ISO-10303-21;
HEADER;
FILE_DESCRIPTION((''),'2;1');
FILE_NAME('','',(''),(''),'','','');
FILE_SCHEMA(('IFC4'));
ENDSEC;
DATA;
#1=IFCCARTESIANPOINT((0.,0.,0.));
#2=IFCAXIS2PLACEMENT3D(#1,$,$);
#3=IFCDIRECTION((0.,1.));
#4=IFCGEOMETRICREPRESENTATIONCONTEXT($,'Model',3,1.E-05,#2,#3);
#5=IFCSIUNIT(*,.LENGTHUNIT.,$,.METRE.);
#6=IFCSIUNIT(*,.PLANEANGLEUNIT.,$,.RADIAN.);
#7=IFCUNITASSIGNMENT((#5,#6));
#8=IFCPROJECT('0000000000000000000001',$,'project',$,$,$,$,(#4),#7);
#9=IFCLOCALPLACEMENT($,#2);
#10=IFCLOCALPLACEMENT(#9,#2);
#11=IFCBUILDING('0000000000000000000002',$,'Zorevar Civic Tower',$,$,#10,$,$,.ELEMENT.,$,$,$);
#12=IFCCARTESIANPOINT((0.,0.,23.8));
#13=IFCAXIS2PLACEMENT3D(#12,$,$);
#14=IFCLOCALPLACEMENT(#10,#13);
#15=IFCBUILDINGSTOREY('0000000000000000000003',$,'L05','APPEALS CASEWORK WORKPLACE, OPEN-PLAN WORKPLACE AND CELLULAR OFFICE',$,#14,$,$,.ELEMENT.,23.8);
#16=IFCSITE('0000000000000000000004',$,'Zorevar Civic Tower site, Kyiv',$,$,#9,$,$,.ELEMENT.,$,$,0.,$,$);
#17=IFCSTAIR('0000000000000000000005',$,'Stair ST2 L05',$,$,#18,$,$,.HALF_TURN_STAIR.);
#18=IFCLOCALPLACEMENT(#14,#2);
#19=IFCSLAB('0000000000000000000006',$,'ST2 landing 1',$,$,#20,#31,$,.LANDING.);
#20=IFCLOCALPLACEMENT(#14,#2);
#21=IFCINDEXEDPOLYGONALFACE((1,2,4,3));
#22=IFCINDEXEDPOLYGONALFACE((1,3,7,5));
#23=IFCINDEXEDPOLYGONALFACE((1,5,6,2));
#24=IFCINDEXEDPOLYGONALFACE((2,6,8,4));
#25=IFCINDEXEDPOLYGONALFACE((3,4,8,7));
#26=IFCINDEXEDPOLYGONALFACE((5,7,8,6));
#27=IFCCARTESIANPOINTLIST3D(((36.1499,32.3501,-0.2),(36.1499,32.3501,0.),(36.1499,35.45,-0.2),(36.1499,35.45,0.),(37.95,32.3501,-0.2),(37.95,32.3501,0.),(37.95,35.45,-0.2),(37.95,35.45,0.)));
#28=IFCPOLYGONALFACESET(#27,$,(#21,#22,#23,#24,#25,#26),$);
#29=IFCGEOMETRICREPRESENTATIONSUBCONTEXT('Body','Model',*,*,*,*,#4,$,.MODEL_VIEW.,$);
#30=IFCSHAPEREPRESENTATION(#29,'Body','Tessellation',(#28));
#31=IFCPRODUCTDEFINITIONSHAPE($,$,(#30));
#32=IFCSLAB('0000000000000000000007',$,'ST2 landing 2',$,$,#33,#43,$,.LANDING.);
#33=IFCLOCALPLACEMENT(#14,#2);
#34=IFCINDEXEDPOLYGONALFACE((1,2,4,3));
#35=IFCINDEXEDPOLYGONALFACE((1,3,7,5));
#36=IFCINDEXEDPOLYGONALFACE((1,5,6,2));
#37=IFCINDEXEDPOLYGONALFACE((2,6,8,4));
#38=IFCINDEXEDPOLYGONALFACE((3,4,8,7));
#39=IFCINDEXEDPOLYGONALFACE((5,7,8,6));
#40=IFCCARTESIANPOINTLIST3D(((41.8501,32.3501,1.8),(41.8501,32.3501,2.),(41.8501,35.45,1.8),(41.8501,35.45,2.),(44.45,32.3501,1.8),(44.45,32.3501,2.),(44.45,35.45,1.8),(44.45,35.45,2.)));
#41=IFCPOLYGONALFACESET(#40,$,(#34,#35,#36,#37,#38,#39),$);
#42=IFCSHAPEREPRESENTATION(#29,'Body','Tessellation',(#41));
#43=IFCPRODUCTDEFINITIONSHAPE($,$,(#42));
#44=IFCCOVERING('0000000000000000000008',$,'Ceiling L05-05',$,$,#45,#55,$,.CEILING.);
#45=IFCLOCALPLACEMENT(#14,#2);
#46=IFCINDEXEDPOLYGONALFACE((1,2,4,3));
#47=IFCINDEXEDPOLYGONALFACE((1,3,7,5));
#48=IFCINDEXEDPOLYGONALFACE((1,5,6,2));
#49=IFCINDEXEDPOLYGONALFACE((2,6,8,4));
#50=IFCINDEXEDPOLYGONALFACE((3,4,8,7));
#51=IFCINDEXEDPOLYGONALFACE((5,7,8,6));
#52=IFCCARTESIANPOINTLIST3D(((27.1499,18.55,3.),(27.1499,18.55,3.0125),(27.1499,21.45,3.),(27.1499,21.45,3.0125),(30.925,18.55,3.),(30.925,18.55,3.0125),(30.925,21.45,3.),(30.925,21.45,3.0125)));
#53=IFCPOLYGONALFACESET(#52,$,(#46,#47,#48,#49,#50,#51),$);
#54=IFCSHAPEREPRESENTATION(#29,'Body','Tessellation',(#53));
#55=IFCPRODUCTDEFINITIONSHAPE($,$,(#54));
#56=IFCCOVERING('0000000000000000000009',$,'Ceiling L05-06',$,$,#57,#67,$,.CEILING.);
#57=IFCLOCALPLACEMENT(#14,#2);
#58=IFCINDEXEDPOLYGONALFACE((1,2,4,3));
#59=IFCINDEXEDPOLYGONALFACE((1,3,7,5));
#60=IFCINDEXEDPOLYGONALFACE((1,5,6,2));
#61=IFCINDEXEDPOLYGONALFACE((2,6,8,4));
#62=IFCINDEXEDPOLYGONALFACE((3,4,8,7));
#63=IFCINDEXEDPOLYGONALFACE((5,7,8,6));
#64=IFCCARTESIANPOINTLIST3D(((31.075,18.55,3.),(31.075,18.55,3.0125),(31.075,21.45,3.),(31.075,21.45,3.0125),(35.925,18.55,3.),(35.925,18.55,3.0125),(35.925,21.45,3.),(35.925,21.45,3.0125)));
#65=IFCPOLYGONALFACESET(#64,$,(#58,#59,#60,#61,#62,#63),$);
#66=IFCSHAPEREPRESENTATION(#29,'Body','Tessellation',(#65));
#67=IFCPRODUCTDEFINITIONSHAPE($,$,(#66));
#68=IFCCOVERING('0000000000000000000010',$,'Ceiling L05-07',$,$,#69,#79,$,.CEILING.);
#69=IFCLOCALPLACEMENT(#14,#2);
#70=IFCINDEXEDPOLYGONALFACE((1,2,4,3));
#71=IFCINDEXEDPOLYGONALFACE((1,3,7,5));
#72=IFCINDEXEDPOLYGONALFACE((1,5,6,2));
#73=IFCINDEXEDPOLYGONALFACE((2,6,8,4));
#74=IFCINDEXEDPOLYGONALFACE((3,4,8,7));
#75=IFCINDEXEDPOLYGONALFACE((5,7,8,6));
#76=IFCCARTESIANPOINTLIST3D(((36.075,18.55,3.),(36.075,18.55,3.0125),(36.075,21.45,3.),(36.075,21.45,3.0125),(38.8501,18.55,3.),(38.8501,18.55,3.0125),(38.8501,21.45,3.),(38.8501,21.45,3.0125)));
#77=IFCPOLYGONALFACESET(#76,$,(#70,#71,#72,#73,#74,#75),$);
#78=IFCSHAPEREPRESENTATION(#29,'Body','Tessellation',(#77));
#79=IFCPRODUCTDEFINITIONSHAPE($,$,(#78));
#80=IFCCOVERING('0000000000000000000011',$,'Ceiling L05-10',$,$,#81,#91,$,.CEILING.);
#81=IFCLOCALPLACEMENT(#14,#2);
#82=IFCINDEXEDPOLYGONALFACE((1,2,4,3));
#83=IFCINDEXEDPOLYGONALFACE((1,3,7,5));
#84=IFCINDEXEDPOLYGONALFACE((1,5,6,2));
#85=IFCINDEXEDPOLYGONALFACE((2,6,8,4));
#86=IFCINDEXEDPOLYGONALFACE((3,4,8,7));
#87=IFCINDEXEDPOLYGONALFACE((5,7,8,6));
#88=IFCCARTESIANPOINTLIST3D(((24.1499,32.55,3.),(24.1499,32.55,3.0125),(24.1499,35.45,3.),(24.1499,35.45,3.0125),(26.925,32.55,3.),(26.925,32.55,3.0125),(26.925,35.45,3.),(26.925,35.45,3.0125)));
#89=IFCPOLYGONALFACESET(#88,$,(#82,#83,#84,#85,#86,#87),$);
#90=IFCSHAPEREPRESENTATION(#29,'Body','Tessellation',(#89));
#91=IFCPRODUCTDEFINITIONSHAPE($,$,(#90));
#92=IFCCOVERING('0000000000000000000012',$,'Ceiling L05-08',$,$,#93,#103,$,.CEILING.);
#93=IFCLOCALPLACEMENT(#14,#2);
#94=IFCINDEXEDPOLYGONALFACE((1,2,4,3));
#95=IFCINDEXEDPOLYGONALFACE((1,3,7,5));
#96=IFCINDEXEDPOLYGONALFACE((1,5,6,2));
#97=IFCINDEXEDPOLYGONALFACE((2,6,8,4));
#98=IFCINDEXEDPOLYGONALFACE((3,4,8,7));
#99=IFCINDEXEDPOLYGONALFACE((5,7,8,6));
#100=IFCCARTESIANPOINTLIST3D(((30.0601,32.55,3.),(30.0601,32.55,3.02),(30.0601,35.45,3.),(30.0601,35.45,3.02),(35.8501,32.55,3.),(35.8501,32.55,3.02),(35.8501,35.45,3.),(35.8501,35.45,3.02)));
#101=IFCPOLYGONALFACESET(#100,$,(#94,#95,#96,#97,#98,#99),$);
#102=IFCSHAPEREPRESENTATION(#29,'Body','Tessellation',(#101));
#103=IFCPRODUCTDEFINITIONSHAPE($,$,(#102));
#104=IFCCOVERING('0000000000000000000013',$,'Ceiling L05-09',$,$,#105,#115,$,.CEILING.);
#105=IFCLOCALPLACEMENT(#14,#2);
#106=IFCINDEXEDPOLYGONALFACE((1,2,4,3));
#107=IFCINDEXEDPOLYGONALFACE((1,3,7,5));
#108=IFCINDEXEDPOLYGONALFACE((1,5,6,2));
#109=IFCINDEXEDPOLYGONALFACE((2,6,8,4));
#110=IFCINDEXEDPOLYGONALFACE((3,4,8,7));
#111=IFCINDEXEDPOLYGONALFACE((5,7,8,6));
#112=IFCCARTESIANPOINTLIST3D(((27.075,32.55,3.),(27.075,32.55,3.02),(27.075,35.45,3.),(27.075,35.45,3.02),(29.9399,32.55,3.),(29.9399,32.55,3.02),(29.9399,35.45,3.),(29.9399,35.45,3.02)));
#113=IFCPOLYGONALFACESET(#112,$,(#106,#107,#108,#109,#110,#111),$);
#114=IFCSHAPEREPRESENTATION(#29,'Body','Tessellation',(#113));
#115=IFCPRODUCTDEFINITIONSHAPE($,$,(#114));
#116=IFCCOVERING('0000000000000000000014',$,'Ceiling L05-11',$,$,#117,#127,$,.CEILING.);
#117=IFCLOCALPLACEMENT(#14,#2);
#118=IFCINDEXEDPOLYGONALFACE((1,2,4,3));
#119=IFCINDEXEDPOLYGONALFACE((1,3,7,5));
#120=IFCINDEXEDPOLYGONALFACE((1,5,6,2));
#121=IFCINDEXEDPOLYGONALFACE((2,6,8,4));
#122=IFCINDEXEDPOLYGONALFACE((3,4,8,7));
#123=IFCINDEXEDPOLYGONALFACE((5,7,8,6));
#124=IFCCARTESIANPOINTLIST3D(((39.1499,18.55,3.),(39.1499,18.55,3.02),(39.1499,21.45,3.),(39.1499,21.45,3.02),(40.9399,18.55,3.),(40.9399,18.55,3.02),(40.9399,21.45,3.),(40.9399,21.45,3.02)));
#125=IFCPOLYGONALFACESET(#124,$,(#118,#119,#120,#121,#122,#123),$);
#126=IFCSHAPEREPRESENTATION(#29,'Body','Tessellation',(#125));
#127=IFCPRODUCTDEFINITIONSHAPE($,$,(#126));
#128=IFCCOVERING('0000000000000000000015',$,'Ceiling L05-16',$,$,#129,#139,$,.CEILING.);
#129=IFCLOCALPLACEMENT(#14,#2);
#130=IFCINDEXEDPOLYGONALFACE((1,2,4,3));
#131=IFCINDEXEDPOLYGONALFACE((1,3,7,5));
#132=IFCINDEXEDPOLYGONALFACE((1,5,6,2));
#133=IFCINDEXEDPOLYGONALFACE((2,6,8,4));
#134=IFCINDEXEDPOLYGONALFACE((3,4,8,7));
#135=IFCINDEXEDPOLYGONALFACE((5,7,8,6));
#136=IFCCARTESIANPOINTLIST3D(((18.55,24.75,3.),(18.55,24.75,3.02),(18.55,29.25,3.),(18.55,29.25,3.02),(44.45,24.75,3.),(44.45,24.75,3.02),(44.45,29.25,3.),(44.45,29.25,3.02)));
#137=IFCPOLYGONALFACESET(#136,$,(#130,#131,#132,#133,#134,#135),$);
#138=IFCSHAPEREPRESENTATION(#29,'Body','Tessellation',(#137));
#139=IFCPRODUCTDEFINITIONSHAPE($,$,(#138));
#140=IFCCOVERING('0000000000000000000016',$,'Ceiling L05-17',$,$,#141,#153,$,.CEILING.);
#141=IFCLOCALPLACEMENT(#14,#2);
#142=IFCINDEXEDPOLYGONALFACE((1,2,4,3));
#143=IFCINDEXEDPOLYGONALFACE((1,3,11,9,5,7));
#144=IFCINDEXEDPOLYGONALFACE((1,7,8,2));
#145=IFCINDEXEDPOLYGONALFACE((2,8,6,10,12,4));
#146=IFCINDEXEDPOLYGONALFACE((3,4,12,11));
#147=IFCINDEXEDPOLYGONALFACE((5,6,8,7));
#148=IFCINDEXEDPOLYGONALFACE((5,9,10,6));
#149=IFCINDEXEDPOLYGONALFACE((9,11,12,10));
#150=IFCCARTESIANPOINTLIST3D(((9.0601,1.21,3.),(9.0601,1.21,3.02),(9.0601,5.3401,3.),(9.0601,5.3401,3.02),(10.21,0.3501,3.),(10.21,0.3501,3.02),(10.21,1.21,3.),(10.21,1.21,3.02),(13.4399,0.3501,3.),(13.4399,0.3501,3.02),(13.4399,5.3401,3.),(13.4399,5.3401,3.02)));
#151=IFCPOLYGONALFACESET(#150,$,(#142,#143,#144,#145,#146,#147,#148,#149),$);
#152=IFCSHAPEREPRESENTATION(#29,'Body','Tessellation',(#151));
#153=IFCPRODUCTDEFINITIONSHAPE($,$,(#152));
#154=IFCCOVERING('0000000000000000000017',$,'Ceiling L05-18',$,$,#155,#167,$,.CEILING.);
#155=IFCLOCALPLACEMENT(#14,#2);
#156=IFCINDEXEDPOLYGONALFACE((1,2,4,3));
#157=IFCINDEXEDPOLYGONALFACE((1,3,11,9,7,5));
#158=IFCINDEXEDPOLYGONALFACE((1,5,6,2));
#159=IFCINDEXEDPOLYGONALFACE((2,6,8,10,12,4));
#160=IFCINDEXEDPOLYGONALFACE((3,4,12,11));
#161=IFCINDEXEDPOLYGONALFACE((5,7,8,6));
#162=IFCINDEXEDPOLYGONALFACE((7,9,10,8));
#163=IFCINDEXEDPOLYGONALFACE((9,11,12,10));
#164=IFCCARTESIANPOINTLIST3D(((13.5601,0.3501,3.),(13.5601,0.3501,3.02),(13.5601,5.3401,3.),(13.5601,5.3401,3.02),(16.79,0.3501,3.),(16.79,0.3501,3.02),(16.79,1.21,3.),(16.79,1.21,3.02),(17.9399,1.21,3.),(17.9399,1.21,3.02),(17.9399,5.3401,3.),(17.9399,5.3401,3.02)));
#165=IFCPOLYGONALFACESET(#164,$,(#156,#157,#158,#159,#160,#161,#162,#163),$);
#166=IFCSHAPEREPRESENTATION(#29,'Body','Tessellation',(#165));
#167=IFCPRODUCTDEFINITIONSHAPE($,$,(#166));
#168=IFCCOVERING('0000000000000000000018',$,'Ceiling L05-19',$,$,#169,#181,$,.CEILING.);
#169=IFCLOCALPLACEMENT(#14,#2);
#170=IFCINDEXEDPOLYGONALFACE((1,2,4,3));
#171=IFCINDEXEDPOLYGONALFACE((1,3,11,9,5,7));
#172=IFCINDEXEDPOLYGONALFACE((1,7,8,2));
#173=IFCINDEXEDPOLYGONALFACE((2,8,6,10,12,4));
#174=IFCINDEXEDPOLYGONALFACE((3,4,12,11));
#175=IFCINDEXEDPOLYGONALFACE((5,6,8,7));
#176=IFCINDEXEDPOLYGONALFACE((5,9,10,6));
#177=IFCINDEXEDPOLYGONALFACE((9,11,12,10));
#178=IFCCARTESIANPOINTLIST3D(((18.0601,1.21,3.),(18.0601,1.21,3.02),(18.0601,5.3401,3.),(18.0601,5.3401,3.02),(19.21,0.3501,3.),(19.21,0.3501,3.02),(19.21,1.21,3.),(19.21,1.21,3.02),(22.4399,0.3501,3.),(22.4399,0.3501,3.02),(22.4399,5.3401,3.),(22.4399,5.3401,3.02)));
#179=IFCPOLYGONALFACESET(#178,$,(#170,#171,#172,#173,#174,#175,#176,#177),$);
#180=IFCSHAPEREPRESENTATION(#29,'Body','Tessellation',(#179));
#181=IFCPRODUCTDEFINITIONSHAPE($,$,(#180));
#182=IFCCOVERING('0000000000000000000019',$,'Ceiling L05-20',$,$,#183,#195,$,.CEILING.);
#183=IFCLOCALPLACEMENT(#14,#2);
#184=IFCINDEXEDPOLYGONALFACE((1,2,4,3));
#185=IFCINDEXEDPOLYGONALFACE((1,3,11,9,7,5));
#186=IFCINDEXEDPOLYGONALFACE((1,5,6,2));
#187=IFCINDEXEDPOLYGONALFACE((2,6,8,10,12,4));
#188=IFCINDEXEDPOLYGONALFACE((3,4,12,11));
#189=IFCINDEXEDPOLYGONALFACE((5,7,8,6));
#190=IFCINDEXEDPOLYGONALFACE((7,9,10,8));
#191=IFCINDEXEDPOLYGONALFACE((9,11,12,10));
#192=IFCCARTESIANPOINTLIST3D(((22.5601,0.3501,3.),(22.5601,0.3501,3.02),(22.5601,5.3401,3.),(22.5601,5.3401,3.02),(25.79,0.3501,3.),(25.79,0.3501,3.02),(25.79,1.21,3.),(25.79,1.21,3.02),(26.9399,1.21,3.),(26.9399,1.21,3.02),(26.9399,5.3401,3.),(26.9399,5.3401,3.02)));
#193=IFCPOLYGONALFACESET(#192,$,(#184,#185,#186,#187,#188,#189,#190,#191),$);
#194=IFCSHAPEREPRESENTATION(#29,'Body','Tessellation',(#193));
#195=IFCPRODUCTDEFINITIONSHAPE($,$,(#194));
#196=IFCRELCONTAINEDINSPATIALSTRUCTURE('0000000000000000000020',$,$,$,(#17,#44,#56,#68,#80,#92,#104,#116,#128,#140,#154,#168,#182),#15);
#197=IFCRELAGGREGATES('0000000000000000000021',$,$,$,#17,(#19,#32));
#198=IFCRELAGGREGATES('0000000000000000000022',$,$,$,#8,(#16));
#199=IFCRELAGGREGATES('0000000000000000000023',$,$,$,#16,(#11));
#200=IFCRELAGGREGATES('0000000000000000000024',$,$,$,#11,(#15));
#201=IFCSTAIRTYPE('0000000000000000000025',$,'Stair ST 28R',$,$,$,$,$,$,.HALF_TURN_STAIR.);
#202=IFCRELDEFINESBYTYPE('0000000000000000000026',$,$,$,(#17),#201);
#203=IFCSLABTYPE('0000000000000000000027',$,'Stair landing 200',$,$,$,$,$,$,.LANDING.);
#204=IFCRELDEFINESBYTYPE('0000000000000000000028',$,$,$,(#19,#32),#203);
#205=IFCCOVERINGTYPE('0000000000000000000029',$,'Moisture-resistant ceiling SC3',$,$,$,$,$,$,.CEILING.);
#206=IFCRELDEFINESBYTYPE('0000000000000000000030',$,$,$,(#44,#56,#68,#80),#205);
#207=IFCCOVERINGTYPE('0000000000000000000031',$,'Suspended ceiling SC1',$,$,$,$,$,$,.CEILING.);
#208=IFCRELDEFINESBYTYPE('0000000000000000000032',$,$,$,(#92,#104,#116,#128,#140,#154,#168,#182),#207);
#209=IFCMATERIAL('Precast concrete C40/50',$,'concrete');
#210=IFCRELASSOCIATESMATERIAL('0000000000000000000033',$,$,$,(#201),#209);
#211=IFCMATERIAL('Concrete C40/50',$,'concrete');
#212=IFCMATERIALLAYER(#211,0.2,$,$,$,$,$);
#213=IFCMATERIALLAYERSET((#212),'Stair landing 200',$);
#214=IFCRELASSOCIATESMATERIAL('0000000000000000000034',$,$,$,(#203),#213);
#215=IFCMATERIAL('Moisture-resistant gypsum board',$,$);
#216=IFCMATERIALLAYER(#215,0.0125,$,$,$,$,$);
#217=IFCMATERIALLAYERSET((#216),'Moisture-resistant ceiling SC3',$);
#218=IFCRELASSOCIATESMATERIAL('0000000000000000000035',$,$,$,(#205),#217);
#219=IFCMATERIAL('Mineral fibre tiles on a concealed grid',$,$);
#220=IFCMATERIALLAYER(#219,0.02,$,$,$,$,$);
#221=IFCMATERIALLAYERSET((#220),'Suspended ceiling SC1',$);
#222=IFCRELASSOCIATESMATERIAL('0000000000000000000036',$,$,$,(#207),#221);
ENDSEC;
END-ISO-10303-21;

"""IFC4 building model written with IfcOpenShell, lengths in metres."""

from ifc_helpers import new_model, si_unit, direction, frame, origin, place, context, subcontext, project, spatial, polyline, outline, extrude, material, layer, layer_set, type_object, element, aggregate, save


model = new_model("IFC4")

# Units and contexts
model_context = context("Model", 3, precision=1e-05, world=origin(), true_north=direction((0.0, 1.0)))
body_context = subcontext(model_context, "Body", "Model", "MODEL_VIEW")
ifc_project = project(units=[si_unit("LENGTHUNIT", "METRE"), si_unit("PLANEANGLEUNIT", "RADIAN")], contexts=[model_context])

# Site, building, storey
site_placement = place(None, origin())
site = spatial("IfcSite", under=ifc_project, at=site_placement, Name="Zorevar Civic Tower site, Kyiv", CompositionType="ELEMENT", RefElevation=0.0)
building_placement = place(site_placement, origin())
building = spatial("IfcBuilding", under=site, at=building_placement, Name="Zorevar Civic Tower", CompositionType="ELEMENT")
storey_placement = place(building_placement, frame((0.0, 0.0, 23.8)))
storey = spatial("IfcBuildingStorey", under=building, at=storey_placement, Name="L05", Description="APPEALS CASEWORK WORKPLACE, OPEN-PLAN WORKPLACE AND CELLULAR OFFICE", CompositionType="ELEMENT", Elevation=23.8)

# Stair, slabs
ifc_material_1 = material(Name="Precast concrete C40/50", Category="concrete")
stair_type = type_object("IfcStairType", Name="Stair ST 28R", PredefinedType="HALF_TURN_STAIR", material=ifc_material_1)
ifc_material_2 = material(Name="Concrete C40/50", Category="concrete")
ifc_layer_1 = layer(ifc_material_2, 0.2)
ifc_layer_set_1 = layer_set([ifc_layer_1], Name="Stair landing 200")
slab_type_1 = type_object("IfcSlabType", Name="Stair landing 200", PredefinedType="LANDING", material=ifc_layer_set_1)
stair_1_placement = place(storey_placement, origin())
stair_1 = element("IfcStair", 1, at=stair_1_placement, inside=storey, type_object=stair_type, Name="Stair ST2 L05", PredefinedType="HALF_TURN_STAIR")
slab_1_placement = place(storey_placement, frame((0.0, 0.0, -0.2)))
slab_1 = element("IfcSlab", 2, at=slab_1_placement, type_object=slab_type_1, Name="ST2 landing 1", PredefinedType="LANDING", context=body_context, shape_type="SweptSolid", body=[
    extrude(outline(polyline([(37.95, 32.3501), (36.1499, 32.3501), (36.1499, 35.45), (37.95, 35.45), (37.95, 32.3501)])), origin(), (0.0, 0.0, 1.0), 0.2),
])
slab_2_placement = place(storey_placement, frame((0.0, 0.0, 1.8)))
slab_2 = element("IfcSlab", 3, at=slab_2_placement, type_object=slab_type_1, Name="ST2 landing 2", PredefinedType="LANDING", context=body_context, shape_type="SweptSolid", body=[
    extrude(outline(polyline([(44.45, 32.3501), (41.8501, 32.3501), (41.8501, 35.45), (44.45, 35.45), (44.45, 32.3501)])), origin(), (0.0, 0.0, 1.0), 0.2),
])
aggregate(stair_1, [slab_1, slab_2])

# Coverings
ifc_material_3 = material(Name="Moisture-resistant gypsum board")
ifc_layer_2 = layer(ifc_material_3, 0.0125)
ifc_layer_set_2 = layer_set([ifc_layer_2], Name="Moisture-resistant ceiling SC3")
covering_type_1 = type_object("IfcCoveringType", Name="Moisture-resistant ceiling SC3", PredefinedType="CEILING", material=ifc_layer_set_2)
covering_1_placement = place(storey_placement, frame((0.0, 0.0, 3.0)))
element("IfcCovering", 4, at=covering_1_placement, inside=storey, type_object=covering_type_1, Name="Ceiling L05-05", PredefinedType="CEILING", context=body_context, shape_type="SweptSolid", body=[
    extrude(outline(polyline([(30.925, 18.55), (30.925, 21.45), (27.1499, 21.45), (27.1499, 18.55), (30.925, 18.55)])), origin(), (0.0, 0.0, 1.0), 0.0125),
])
covering_2_placement = place(storey_placement, frame((0.0, 0.0, 3.0)))
element("IfcCovering", 5, at=covering_2_placement, inside=storey, type_object=covering_type_1, Name="Ceiling L05-06", PredefinedType="CEILING", context=body_context, shape_type="SweptSolid", body=[
    extrude(outline(polyline([(35.925, 18.55), (35.925, 21.45), (31.075, 21.45), (31.075, 18.55), (35.925, 18.55)])), origin(), (0.0, 0.0, 1.0), 0.0125),
])
covering_3_placement = place(storey_placement, frame((0.0, 0.0, 3.0)))
element("IfcCovering", 6, at=covering_3_placement, inside=storey, type_object=covering_type_1, Name="Ceiling L05-07", PredefinedType="CEILING", context=body_context, shape_type="SweptSolid", body=[
    extrude(outline(polyline([(38.8501, 18.55), (38.8501, 21.45), (36.075, 21.45), (36.075, 18.55), (38.8501, 18.55)])), origin(), (0.0, 0.0, 1.0), 0.0125),
])
covering_4_placement = place(storey_placement, frame((0.0, 0.0, 3.0)))
element("IfcCovering", 7, at=covering_4_placement, inside=storey, type_object=covering_type_1, Name="Ceiling L05-10", PredefinedType="CEILING", context=body_context, shape_type="SweptSolid", body=[
    extrude(outline(polyline([(26.925, 32.55), (26.925, 35.45), (24.1499, 35.45), (24.1499, 32.55), (26.925, 32.55)])), origin(), (0.0, 0.0, 1.0), 0.0125),
])
ifc_material_4 = material(Name="Mineral fibre tiles on a concealed grid")
ifc_layer_3 = layer(ifc_material_4, 0.02)
ifc_layer_set_3 = layer_set([ifc_layer_3], Name="Suspended ceiling SC1")
covering_type_2 = type_object("IfcCoveringType", Name="Suspended ceiling SC1", PredefinedType="CEILING", material=ifc_layer_set_3)
covering_5_placement = place(storey_placement, frame((0.0, 0.0, 3.0)))
element("IfcCovering", 8, at=covering_5_placement, inside=storey, type_object=covering_type_2, Name="Ceiling L05-08", PredefinedType="CEILING", context=body_context, shape_type="SweptSolid", body=[
    extrude(outline(polyline([(35.8501, 32.55), (35.8501, 35.45), (30.0601, 35.45), (30.0601, 32.55), (35.8501, 32.55)])), origin(), (0.0, 0.0, 1.0), 0.02),
])
covering_6_placement = place(storey_placement, frame((0.0, 0.0, 3.0)))
element("IfcCovering", 9, at=covering_6_placement, inside=storey, type_object=covering_type_2, Name="Ceiling L05-09", PredefinedType="CEILING", context=body_context, shape_type="SweptSolid", body=[
    extrude(outline(polyline([(29.9399, 32.55), (29.9399, 35.45), (27.075, 35.45), (27.075, 32.55), (29.9399, 32.55)])), origin(), (0.0, 0.0, 1.0), 0.02),
])
covering_7_placement = place(storey_placement, frame((0.0, 0.0, 3.0)))
element("IfcCovering", 10, at=covering_7_placement, inside=storey, type_object=covering_type_2, Name="Ceiling L05-11", PredefinedType="CEILING", context=body_context, shape_type="SweptSolid", body=[
    extrude(outline(polyline([(40.9399, 18.55), (40.9399, 21.45), (39.1499, 21.45), (39.1499, 18.55), (40.9399, 18.55)])), origin(), (0.0, 0.0, 1.0), 0.02),
])
covering_8_placement = place(storey_placement, frame((0.0, 0.0, 3.0)))
element("IfcCovering", 11, at=covering_8_placement, inside=storey, type_object=covering_type_2, Name="Ceiling L05-16", PredefinedType="CEILING", context=body_context, shape_type="SweptSolid", body=[
    extrude(outline(polyline([(44.45, 24.75), (44.45, 29.25), (18.55, 29.25), (18.55, 24.75), (44.45, 24.75)])), origin(), (0.0, 0.0, 1.0), 0.02),
])
covering_9_placement = place(storey_placement, frame((0.0, 0.0, 3.0)))
element("IfcCovering", 12, at=covering_9_placement, inside=storey, type_object=covering_type_2, Name="Ceiling L05-17", PredefinedType="CEILING", context=body_context, shape_type="SweptSolid", body=[
    extrude(outline(polyline([(13.4399, 5.3401), (13.4399, 0.3501), (10.21, 0.3501), (10.21, 1.21), (9.0601, 1.21), (9.0601, 5.3401), (13.4399, 5.3401)])), origin(), (0.0, 0.0, 1.0), 0.02),
])
covering_10_placement = place(storey_placement, frame((0.0, 0.0, 3.0)))
element("IfcCovering", 13, at=covering_10_placement, inside=storey, type_object=covering_type_2, Name="Ceiling L05-18", PredefinedType="CEILING", context=body_context, shape_type="SweptSolid", body=[
    extrude(outline(polyline([(17.9399, 5.3401), (17.9399, 1.21), (16.79, 1.21), (16.79, 0.3501), (13.5601, 0.3501), (13.5601, 5.3401), (17.9399, 5.3401)])), origin(), (0.0, 0.0, 1.0), 0.02),
])
covering_11_placement = place(storey_placement, frame((0.0, 0.0, 3.0)))
element("IfcCovering", 14, at=covering_11_placement, inside=storey, type_object=covering_type_2, Name="Ceiling L05-19", PredefinedType="CEILING", context=body_context, shape_type="SweptSolid", body=[
    extrude(outline(polyline([(22.4399, 5.3401), (22.4399, 0.3501), (19.21, 0.3501), (19.21, 1.21), (18.0601, 1.21), (18.0601, 5.3401), (22.4399, 5.3401)])), origin(), (0.0, 0.0, 1.0), 0.02),
])
covering_12_placement = place(storey_placement, frame((0.0, 0.0, 3.0)))
element("IfcCovering", 15, at=covering_12_placement, inside=storey, type_object=covering_type_2, Name="Ceiling L05-20", PredefinedType="CEILING", context=body_context, shape_type="SweptSolid", body=[
    extrude(outline(polyline([(26.9399, 5.3401), (26.9399, 1.21), (25.79, 1.21), (25.79, 0.3501), (22.5601, 0.3501), (22.5601, 5.3401), (26.9399, 5.3401)])), origin(), (0.0, 0.0, 1.0), 0.02),
])

save(model, "model.ifc")
